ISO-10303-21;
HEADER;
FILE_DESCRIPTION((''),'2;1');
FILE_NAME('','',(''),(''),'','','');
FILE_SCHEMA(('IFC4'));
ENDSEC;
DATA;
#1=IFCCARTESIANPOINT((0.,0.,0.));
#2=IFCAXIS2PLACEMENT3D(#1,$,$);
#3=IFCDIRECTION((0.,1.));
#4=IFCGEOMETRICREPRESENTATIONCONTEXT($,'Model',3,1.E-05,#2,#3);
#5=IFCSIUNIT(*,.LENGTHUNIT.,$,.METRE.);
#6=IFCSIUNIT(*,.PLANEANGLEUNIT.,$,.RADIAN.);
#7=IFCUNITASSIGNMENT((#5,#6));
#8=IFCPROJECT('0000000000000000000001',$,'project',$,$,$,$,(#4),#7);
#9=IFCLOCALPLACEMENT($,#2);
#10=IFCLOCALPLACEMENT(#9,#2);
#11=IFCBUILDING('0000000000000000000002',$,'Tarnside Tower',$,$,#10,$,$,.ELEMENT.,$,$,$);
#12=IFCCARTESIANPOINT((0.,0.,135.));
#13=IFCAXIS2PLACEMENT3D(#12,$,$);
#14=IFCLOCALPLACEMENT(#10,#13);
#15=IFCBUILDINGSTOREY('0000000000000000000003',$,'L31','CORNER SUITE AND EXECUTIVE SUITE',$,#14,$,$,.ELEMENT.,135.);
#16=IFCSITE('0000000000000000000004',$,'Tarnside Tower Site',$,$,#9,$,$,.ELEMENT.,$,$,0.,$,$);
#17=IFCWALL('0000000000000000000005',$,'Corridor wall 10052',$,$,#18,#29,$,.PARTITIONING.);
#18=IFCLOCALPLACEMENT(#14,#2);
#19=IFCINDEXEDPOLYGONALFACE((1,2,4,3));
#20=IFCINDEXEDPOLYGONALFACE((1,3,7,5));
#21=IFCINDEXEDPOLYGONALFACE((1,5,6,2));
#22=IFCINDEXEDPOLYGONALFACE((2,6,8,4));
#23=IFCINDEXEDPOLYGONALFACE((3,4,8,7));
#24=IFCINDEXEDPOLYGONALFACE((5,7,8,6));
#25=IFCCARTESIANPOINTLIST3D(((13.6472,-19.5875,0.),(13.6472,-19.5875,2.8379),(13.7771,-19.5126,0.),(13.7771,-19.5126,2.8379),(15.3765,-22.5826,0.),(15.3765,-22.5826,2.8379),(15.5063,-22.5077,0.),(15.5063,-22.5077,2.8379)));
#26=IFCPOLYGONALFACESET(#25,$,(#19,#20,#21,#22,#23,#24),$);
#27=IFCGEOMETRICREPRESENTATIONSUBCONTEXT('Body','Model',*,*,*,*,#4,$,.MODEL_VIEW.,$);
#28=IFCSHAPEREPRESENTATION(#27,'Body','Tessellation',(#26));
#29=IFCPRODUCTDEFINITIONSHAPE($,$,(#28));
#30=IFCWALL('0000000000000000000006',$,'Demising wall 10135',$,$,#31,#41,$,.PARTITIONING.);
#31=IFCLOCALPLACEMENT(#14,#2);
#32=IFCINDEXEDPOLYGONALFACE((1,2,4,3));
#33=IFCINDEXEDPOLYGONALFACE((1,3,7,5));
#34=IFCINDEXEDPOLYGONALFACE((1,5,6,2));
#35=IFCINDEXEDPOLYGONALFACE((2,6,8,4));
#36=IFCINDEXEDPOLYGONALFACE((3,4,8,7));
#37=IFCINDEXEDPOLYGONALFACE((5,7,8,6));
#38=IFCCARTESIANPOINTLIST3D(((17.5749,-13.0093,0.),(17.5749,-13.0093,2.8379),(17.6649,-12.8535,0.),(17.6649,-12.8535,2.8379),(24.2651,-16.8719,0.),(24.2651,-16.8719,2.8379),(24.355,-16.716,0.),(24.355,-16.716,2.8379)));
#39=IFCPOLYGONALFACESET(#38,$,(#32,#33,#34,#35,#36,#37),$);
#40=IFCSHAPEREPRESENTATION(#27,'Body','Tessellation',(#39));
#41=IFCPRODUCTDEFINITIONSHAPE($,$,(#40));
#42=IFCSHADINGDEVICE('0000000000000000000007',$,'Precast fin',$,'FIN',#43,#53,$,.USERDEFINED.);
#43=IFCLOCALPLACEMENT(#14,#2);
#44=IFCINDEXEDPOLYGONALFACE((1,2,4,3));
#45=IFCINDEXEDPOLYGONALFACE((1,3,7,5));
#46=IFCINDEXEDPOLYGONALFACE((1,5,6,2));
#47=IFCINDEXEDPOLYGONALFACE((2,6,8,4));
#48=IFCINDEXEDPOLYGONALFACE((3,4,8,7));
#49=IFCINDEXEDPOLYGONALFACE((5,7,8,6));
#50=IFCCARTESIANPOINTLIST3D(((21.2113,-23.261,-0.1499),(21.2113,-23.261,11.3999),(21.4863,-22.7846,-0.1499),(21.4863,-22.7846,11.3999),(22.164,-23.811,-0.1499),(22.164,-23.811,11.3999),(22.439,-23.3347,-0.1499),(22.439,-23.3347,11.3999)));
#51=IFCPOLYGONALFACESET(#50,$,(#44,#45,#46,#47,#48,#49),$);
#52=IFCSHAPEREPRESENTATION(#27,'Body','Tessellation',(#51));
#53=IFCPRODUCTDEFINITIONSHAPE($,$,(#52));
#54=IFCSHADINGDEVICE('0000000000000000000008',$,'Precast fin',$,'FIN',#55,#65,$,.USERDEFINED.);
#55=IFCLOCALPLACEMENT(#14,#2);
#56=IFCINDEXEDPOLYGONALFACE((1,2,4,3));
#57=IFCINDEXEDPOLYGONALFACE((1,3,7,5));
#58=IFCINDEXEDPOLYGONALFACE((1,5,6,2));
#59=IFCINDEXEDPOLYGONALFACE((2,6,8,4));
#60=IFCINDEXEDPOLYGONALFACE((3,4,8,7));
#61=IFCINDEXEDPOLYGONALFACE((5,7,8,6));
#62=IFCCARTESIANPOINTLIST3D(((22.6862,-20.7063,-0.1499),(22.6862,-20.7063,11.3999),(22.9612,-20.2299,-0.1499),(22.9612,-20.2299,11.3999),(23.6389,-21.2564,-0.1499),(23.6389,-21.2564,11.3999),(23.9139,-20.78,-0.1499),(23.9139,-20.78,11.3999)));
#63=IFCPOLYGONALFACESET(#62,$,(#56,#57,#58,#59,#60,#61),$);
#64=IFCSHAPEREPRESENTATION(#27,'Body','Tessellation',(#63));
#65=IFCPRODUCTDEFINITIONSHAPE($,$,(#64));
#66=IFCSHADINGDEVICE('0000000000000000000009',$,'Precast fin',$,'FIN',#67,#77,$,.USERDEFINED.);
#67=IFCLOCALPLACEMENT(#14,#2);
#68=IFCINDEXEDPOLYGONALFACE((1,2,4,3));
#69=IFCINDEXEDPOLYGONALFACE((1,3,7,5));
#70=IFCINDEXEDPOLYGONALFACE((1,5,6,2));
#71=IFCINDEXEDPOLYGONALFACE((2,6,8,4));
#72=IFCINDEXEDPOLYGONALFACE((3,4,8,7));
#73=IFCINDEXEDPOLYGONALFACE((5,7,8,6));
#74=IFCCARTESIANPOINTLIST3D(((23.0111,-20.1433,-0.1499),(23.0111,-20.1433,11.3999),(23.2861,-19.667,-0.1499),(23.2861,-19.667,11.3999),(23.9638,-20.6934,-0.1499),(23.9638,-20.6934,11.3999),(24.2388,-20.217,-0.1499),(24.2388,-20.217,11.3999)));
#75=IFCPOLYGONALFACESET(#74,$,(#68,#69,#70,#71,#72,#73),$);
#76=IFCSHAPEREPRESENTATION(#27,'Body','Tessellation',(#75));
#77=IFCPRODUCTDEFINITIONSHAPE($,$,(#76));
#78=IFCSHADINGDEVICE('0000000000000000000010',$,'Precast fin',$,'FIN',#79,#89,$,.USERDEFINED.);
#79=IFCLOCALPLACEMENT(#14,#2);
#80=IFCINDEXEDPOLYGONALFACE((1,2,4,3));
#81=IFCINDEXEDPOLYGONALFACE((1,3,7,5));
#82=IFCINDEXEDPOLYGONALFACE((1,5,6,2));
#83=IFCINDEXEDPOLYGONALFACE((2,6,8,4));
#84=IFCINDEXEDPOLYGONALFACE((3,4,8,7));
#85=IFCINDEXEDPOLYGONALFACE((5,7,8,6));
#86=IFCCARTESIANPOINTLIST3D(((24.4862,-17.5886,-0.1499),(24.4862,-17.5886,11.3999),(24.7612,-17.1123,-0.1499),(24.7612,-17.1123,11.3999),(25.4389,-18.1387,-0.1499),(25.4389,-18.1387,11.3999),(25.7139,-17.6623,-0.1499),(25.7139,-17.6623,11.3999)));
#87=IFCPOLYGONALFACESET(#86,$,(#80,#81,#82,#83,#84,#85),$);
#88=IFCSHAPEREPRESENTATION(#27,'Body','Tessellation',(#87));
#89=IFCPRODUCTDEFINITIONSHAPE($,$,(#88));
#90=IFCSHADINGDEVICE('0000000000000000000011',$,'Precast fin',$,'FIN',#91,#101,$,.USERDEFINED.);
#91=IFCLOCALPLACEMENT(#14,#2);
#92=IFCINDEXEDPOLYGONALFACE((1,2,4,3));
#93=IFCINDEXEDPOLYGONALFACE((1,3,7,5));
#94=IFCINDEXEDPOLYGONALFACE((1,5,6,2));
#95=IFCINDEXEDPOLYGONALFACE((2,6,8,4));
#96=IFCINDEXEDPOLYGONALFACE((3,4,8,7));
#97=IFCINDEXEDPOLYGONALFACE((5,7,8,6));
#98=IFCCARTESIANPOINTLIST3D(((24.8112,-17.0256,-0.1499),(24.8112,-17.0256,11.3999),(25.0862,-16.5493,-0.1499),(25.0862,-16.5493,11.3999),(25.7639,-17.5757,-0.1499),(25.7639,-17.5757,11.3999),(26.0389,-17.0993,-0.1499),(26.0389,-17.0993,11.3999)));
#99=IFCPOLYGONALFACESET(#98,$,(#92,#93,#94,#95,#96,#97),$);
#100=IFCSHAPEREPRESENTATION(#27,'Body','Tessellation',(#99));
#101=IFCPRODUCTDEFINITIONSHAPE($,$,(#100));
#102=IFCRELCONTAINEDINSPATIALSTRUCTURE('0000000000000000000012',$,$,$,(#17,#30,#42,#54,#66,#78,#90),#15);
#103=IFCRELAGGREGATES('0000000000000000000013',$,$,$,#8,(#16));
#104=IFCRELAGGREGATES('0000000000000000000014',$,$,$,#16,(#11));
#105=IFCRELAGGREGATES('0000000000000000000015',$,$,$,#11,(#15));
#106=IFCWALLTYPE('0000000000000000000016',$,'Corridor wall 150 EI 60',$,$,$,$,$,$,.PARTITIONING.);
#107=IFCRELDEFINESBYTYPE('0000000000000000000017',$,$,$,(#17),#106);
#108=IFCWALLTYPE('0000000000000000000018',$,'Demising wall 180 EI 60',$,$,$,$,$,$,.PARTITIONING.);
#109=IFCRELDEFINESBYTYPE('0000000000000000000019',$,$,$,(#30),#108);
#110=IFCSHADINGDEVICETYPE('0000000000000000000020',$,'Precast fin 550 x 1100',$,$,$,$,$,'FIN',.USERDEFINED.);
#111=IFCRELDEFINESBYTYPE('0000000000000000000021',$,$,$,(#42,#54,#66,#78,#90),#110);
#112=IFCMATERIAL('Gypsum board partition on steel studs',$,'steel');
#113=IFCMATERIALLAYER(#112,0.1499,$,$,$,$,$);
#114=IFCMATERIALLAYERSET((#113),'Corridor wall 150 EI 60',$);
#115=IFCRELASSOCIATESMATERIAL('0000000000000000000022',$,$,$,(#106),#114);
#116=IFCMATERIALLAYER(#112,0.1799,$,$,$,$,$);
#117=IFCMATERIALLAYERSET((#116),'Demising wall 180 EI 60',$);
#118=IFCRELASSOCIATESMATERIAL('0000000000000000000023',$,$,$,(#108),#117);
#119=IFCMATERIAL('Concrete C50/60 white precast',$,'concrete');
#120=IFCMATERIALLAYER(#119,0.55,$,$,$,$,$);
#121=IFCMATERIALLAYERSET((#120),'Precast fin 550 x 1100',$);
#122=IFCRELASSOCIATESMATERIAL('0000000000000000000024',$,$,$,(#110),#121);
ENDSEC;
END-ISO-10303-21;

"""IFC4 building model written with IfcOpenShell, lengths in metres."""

from ifc_helpers import new_model, si_unit, direction, frame, frame_2d, origin, place, context, subcontext, project, spatial, polyline, rectangle, outline, extrude, material, layer, layer_set, type_object, element, save


model = new_model("IFC4")

# Units and contexts
model_context = context("Model", 3, precision=1e-05, world=origin(), true_north=direction((0.0, 1.0)))
body_context = subcontext(model_context, "Body", "Model", "MODEL_VIEW")
ifc_project = project(units=[si_unit("LENGTHUNIT", "METRE"), si_unit("PLANEANGLEUNIT", "RADIAN")], contexts=[model_context])

# Site, building, storey
site_placement = place(None, origin())
site = spatial("IfcSite", under=ifc_project, at=site_placement, Name="Tarnside Tower Site", CompositionType="ELEMENT", RefElevation=0.0)
building_placement = place(site_placement, origin())
building = spatial("IfcBuilding", under=site, at=building_placement, Name="Tarnside Tower", CompositionType="ELEMENT")
storey_placement = place(building_placement, frame((0.0, 0.0, 135.0)))
storey = spatial("IfcBuildingStorey", under=building, at=storey_placement, Name="L31", Description="CORNER SUITE AND EXECUTIVE SUITE", CompositionType="ELEMENT", Elevation=135.0)

# Walls
ifc_material_1 = material(Name="Gypsum board partition on steel studs", Category="steel")
ifc_layer_1 = layer(ifc_material_1, 0.1499)
ifc_layer_set_1 = layer_set([ifc_layer_1], Name="Corridor wall 150 EI 60")
wall_type_1 = type_object("IfcWallType", Name="Corridor wall 150 EI 60", PredefinedType="PARTITIONING", material=ifc_layer_set_1)
wall_1_placement = place(storey_placement, frame((15.4414, -22.5452, 0.0), z_axis=(0.0, 0.0, 1.0), x_axis=(-0.500004, 0.866023, 0.0)))
element("IfcWall", 1, at=wall_1_placement, inside=storey, type_object=wall_type_1, Name="Corridor wall 10052", PredefinedType="PARTITIONING", context=body_context, shape_type="SweptSolid", body=[
    extrude(rectangle(XDim=3.4585, YDim=0.1499, at=frame_2d((1.7292, 0.0))), origin(), (0.0, 0.0, 1.0), 2.8379),
])
ifc_layer_2 = layer(ifc_material_1, 0.1799)
ifc_layer_set_2 = layer_set([ifc_layer_2], Name="Demising wall 180 EI 60")
wall_type_2 = type_object("IfcWallType", Name="Demising wall 180 EI 60", PredefinedType="PARTITIONING", material=ifc_layer_set_2)
wall_2_placement = place(storey_placement, frame((24.3101, -16.7939, 0.0), z_axis=(0.0, 0.0, 1.0), x_axis=(-0.866027, 0.499997, 0.0)))
element("IfcWall", 2, at=wall_2_placement, inside=storey, type_object=wall_type_2, Name="Demising wall 10135", PredefinedType="PARTITIONING", context=body_context, shape_type="SweptSolid", body=[
    extrude(rectangle(XDim=7.7251, YDim=0.1799, at=frame_2d((3.8625, 0.0))), origin(), (0.0, 0.0, 1.0), 2.8379),
])

# Shading devices
ifc_material_2 = material(Name="Concrete C50/60 white precast", Category="concrete")
ifc_layer_3 = layer(ifc_material_2, 0.55)
ifc_layer_set_3 = layer_set([ifc_layer_3], Name="Precast fin 550 x 1100")
shading_device_type = type_object("IfcShadingDeviceType", Name="Precast fin 550 x 1100", ElementType="FIN", PredefinedType="USERDEFINED", material=ifc_layer_set_3)
for number, where, z_axis, x_axis, name in (
    (3, (21.3489, -23.0227, -0.1499), (-0.5, -0.866025, 0.0), (0.866025, -0.5, 0.0), "Precast fin"),
    (4, (22.8237, -20.468, -0.1499), (-0.5, -0.866025, 0.0), (0.866025, -0.5, 0.0), "Precast fin"),
    (5, (23.1487, -19.905, -0.1499), (-0.5, -0.866025, 0.0), (0.866025, -0.5, 0.0), "Precast fin"),
    (6, (24.6238, -17.3503, -0.1499), (-0.5, -0.866025, 0.0), (0.866025, -0.5, 0.0), "Precast fin"),
    (7, (24.9487, -16.7874, -0.1499), (-0.5, -0.866025, 0.0), (0.866025, -0.5, 0.0), "Precast fin"),
):
    element("IfcShadingDevice", number, at=place(storey_placement, frame(where, z_axis=z_axis, x_axis=x_axis)), inside=storey, type_object=shading_device_type, Name=name, ObjectType="FIN", PredefinedType="USERDEFINED", context=body_context, shape_type="SweptSolid", body=[
        extrude(outline(polyline([(0.0, 0.0), (1.1001, 0.0), (1.1001, 11.5498), (0.0, 11.5498), (0.0, 0.0)])), frame((0.0, 0.0, -0.2749)), (0.0, 0.0, 1.0), 0.55),
    ])

save(model, "model.ifc")
